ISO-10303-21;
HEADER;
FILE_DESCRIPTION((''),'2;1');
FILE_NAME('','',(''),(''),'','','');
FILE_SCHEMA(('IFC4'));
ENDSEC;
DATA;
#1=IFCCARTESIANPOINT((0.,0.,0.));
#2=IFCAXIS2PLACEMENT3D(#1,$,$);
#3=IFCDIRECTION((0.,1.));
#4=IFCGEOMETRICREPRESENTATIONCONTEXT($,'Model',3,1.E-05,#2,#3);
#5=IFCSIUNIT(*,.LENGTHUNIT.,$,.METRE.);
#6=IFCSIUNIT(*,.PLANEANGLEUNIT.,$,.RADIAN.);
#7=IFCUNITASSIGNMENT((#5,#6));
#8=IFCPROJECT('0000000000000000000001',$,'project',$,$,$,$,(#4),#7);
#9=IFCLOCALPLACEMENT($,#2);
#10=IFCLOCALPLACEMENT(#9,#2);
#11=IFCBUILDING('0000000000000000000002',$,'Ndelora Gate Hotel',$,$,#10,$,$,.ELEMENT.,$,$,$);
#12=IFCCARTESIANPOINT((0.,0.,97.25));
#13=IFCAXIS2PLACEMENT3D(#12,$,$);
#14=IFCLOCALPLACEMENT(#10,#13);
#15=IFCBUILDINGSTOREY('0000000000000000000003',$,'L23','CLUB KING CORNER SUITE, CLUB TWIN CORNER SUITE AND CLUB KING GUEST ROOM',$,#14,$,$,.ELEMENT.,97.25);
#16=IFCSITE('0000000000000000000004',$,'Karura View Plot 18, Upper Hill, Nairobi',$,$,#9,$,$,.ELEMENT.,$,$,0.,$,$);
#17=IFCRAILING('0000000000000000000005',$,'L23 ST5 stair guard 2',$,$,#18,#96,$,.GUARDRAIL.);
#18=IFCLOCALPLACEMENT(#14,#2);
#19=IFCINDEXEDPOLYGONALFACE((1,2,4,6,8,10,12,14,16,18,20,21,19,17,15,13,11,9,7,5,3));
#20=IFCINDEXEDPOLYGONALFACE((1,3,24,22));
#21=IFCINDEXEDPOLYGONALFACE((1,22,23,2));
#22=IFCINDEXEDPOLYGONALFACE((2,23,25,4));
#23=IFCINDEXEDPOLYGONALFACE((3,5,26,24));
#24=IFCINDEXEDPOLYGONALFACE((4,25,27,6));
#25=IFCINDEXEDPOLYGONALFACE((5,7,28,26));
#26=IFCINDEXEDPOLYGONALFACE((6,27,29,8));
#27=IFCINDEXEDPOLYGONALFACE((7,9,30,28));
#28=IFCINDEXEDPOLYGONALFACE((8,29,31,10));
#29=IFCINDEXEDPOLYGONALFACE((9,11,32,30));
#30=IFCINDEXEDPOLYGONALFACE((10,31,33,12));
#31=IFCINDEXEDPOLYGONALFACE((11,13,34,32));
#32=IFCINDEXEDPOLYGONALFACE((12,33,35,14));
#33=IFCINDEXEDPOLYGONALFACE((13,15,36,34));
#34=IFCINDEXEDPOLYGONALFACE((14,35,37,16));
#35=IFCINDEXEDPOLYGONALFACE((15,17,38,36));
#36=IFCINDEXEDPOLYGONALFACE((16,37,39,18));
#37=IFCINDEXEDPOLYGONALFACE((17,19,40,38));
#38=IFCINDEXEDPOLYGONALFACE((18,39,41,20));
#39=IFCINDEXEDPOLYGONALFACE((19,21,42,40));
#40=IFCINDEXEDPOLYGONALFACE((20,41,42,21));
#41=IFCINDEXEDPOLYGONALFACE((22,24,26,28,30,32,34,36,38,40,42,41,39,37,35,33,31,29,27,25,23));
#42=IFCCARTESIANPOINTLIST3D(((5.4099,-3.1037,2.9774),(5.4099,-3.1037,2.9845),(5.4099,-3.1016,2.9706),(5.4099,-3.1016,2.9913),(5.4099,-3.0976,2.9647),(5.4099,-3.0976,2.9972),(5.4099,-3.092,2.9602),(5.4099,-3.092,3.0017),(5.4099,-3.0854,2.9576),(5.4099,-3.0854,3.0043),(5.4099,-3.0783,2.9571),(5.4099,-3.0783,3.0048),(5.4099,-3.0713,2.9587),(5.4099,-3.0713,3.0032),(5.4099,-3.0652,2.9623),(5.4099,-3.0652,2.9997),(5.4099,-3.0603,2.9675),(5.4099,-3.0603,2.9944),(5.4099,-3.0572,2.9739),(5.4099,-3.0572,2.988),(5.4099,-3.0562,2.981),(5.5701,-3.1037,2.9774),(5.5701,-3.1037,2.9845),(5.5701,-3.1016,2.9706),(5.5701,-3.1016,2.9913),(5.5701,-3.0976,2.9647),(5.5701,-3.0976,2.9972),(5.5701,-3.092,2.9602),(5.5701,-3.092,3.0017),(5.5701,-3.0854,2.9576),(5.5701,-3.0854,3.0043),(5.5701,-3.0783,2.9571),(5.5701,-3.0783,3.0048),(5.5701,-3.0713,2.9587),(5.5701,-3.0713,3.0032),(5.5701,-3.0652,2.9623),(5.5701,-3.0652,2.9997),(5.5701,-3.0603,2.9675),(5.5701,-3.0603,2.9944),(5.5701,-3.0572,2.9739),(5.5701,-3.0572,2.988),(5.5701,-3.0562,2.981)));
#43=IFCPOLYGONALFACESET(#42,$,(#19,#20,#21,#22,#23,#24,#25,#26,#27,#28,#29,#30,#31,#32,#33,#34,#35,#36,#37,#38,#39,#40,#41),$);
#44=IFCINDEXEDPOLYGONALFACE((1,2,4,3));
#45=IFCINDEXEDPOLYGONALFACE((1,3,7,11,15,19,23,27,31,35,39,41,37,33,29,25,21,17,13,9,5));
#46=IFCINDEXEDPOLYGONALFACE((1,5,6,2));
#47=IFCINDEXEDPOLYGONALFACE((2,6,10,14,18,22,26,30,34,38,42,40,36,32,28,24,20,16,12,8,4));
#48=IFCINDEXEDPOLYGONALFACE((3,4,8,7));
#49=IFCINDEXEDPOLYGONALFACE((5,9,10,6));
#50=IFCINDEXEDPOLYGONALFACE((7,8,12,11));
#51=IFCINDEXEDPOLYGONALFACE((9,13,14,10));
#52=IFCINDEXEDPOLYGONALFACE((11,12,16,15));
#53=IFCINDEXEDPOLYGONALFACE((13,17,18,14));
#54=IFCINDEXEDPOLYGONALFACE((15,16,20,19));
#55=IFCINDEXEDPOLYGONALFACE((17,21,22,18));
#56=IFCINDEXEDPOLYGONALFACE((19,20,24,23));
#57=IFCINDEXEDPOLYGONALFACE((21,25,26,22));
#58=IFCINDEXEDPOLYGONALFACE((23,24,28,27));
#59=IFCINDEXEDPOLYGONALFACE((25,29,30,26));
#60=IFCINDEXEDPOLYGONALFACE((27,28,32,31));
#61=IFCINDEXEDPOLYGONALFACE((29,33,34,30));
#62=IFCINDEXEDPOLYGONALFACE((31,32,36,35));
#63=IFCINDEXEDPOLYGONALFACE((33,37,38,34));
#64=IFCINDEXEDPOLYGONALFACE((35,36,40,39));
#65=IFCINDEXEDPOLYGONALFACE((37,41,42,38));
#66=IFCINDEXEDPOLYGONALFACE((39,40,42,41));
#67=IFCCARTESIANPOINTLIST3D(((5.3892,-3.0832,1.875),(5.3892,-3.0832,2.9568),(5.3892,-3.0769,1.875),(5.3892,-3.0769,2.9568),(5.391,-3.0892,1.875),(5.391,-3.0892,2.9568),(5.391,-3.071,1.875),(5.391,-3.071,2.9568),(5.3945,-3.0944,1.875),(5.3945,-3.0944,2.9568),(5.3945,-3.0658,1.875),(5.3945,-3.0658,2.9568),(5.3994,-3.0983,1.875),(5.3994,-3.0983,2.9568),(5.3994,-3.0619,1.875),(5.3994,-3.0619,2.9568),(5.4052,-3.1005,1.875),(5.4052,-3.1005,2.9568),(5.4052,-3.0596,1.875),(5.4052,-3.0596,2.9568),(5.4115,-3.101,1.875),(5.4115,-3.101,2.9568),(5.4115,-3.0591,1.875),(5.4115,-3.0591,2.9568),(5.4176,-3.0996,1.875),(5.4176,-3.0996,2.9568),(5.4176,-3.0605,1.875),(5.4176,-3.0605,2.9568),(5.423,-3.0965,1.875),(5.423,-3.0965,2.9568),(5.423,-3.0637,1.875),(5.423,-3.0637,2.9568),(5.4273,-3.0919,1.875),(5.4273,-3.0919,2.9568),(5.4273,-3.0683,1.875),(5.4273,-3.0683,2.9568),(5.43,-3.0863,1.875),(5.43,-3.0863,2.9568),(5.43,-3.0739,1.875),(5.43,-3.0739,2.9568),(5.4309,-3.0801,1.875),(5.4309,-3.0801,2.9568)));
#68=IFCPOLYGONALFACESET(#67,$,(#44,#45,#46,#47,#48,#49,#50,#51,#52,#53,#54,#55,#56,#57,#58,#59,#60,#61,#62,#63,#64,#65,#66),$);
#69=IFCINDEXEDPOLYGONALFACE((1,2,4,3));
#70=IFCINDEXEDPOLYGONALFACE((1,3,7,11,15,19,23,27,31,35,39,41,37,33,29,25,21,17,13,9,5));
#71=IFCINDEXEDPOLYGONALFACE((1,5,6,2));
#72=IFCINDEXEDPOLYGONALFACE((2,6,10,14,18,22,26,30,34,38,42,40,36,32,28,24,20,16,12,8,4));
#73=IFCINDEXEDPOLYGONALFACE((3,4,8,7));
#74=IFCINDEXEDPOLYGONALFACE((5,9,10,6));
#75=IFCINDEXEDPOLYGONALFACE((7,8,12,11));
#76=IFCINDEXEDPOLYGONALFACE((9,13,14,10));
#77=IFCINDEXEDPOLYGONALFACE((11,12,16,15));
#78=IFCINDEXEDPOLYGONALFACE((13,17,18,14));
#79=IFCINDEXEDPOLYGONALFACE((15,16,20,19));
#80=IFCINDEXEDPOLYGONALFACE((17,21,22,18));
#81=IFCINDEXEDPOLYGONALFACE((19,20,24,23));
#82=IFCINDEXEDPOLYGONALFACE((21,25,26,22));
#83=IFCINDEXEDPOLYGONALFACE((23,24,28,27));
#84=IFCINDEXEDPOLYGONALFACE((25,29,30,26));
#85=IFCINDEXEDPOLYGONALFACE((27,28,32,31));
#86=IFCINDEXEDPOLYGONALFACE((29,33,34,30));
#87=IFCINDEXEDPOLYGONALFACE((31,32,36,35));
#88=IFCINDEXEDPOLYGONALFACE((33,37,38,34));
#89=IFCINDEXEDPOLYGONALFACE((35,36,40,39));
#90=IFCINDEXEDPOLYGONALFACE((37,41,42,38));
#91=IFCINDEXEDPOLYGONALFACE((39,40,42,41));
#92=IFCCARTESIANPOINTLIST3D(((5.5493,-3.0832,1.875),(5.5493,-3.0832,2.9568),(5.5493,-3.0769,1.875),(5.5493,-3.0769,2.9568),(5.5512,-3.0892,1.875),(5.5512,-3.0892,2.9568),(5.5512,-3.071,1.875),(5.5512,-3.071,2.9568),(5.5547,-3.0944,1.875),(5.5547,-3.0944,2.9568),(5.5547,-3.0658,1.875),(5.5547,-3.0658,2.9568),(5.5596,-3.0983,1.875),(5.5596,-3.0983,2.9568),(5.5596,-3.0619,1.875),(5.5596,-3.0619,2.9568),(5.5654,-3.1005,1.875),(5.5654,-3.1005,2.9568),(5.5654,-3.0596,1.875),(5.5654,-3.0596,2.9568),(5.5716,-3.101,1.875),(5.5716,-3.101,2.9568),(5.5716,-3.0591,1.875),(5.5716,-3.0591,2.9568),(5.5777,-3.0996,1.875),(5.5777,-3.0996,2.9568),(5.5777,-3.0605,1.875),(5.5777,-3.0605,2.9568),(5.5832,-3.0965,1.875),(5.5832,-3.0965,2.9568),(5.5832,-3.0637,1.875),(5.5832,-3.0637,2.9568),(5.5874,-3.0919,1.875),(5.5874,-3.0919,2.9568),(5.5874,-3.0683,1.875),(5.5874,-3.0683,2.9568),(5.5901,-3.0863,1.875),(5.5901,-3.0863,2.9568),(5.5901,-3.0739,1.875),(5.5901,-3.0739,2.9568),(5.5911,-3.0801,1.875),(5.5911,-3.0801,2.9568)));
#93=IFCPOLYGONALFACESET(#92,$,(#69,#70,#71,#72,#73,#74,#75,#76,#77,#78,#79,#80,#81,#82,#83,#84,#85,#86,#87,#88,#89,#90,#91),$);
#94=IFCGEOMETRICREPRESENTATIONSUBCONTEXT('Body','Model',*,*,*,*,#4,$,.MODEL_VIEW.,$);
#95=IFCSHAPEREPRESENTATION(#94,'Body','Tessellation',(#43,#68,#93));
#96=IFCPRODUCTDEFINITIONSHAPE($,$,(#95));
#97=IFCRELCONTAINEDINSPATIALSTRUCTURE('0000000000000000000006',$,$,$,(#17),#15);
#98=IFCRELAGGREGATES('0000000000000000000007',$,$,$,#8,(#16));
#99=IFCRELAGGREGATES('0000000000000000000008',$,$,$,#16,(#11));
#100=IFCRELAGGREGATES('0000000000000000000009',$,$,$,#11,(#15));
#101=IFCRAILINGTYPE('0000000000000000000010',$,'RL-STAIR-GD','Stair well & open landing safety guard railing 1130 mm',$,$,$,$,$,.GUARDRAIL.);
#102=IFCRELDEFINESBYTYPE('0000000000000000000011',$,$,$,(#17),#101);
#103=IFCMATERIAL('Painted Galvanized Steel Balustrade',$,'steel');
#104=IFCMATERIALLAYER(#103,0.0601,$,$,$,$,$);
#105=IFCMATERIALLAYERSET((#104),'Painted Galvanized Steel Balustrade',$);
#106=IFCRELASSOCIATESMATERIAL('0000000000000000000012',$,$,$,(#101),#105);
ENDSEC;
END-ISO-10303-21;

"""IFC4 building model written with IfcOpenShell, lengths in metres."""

from ifc_helpers import new_model, si_unit, direction, frame, origin, origin_2d, place, context, subcontext, project, spatial, circle, extrude, material, layer, layer_set, type_object, element, save


model = new_model("IFC4")

# Units and contexts
model_context = context("Model", 3, precision=1e-05, world=origin(), true_north=direction((0.0, 1.0)))
body_context = subcontext(model_context, "Body", "Model", "MODEL_VIEW")
ifc_project = project(units=[si_unit("LENGTHUNIT", "METRE"), si_unit("PLANEANGLEUNIT", "RADIAN")], contexts=[model_context])

# Site, building, storey
site_placement = place(None, origin())
site = spatial("IfcSite", under=ifc_project, at=site_placement, Name="Karura View Plot 18, Upper Hill, Nairobi", CompositionType="ELEMENT", RefElevation=0.0)
building_placement = place(site_placement, origin())
building = spatial("IfcBuilding", under=site, at=building_placement, Name="Ndelora Gate Hotel", CompositionType="ELEMENT")
storey_placement = place(building_placement, frame((0.0, 0.0, 97.25)))
storey = spatial("IfcBuildingStorey", under=building, at=storey_placement, Name="L23", Description="CLUB KING CORNER SUITE, CLUB TWIN CORNER SUITE AND CLUB KING GUEST ROOM", CompositionType="ELEMENT", Elevation=97.25)

# Railing
ifc_material_1 = material(Name="Painted Galvanized Steel Balustrade", Category="steel")
ifc_layer_1 = layer(ifc_material_1, 0.0601)
ifc_layer_set_1 = layer_set([ifc_layer_1], Name="Painted Galvanized Steel Balustrade")
railing_type_1 = type_object("IfcRailingType", Name="RL-STAIR-GD", Description="Stair well & open landing safety guard railing 1130 mm", PredefinedType="GUARDRAIL", material=ifc_layer_set_1)
railing_1_placement = place(storey_placement, frame((5.4099, -3.0801, 1.875)))
element("IfcRailing", 1, at=railing_1_placement, inside=storey, type_object=railing_type_1, Name="L23 ST5 stair guard 2", PredefinedType="GUARDRAIL", context=body_context, shape_type="SweptSolid", body=[
    extrude(circle(Radius=0.0239, at=origin_2d()), frame((0.0, 0.0, 1.106), z_axis=(1.0, 0.0, 0.0), x_axis=(0.0, 1.0, 0.0)), (0.0, 0.0, 1.0), 0.1602),
    extrude(circle(Radius=0.021, at=origin_2d()), origin(), (0.0, 0.0, 1.0), 1.0818),
    extrude(circle(Radius=0.021, at=origin_2d()), frame((0.1602, 0.0, 0.0)), (0.0, 0.0, 1.0), 1.0818),
])

save(model, "model.ifc")
